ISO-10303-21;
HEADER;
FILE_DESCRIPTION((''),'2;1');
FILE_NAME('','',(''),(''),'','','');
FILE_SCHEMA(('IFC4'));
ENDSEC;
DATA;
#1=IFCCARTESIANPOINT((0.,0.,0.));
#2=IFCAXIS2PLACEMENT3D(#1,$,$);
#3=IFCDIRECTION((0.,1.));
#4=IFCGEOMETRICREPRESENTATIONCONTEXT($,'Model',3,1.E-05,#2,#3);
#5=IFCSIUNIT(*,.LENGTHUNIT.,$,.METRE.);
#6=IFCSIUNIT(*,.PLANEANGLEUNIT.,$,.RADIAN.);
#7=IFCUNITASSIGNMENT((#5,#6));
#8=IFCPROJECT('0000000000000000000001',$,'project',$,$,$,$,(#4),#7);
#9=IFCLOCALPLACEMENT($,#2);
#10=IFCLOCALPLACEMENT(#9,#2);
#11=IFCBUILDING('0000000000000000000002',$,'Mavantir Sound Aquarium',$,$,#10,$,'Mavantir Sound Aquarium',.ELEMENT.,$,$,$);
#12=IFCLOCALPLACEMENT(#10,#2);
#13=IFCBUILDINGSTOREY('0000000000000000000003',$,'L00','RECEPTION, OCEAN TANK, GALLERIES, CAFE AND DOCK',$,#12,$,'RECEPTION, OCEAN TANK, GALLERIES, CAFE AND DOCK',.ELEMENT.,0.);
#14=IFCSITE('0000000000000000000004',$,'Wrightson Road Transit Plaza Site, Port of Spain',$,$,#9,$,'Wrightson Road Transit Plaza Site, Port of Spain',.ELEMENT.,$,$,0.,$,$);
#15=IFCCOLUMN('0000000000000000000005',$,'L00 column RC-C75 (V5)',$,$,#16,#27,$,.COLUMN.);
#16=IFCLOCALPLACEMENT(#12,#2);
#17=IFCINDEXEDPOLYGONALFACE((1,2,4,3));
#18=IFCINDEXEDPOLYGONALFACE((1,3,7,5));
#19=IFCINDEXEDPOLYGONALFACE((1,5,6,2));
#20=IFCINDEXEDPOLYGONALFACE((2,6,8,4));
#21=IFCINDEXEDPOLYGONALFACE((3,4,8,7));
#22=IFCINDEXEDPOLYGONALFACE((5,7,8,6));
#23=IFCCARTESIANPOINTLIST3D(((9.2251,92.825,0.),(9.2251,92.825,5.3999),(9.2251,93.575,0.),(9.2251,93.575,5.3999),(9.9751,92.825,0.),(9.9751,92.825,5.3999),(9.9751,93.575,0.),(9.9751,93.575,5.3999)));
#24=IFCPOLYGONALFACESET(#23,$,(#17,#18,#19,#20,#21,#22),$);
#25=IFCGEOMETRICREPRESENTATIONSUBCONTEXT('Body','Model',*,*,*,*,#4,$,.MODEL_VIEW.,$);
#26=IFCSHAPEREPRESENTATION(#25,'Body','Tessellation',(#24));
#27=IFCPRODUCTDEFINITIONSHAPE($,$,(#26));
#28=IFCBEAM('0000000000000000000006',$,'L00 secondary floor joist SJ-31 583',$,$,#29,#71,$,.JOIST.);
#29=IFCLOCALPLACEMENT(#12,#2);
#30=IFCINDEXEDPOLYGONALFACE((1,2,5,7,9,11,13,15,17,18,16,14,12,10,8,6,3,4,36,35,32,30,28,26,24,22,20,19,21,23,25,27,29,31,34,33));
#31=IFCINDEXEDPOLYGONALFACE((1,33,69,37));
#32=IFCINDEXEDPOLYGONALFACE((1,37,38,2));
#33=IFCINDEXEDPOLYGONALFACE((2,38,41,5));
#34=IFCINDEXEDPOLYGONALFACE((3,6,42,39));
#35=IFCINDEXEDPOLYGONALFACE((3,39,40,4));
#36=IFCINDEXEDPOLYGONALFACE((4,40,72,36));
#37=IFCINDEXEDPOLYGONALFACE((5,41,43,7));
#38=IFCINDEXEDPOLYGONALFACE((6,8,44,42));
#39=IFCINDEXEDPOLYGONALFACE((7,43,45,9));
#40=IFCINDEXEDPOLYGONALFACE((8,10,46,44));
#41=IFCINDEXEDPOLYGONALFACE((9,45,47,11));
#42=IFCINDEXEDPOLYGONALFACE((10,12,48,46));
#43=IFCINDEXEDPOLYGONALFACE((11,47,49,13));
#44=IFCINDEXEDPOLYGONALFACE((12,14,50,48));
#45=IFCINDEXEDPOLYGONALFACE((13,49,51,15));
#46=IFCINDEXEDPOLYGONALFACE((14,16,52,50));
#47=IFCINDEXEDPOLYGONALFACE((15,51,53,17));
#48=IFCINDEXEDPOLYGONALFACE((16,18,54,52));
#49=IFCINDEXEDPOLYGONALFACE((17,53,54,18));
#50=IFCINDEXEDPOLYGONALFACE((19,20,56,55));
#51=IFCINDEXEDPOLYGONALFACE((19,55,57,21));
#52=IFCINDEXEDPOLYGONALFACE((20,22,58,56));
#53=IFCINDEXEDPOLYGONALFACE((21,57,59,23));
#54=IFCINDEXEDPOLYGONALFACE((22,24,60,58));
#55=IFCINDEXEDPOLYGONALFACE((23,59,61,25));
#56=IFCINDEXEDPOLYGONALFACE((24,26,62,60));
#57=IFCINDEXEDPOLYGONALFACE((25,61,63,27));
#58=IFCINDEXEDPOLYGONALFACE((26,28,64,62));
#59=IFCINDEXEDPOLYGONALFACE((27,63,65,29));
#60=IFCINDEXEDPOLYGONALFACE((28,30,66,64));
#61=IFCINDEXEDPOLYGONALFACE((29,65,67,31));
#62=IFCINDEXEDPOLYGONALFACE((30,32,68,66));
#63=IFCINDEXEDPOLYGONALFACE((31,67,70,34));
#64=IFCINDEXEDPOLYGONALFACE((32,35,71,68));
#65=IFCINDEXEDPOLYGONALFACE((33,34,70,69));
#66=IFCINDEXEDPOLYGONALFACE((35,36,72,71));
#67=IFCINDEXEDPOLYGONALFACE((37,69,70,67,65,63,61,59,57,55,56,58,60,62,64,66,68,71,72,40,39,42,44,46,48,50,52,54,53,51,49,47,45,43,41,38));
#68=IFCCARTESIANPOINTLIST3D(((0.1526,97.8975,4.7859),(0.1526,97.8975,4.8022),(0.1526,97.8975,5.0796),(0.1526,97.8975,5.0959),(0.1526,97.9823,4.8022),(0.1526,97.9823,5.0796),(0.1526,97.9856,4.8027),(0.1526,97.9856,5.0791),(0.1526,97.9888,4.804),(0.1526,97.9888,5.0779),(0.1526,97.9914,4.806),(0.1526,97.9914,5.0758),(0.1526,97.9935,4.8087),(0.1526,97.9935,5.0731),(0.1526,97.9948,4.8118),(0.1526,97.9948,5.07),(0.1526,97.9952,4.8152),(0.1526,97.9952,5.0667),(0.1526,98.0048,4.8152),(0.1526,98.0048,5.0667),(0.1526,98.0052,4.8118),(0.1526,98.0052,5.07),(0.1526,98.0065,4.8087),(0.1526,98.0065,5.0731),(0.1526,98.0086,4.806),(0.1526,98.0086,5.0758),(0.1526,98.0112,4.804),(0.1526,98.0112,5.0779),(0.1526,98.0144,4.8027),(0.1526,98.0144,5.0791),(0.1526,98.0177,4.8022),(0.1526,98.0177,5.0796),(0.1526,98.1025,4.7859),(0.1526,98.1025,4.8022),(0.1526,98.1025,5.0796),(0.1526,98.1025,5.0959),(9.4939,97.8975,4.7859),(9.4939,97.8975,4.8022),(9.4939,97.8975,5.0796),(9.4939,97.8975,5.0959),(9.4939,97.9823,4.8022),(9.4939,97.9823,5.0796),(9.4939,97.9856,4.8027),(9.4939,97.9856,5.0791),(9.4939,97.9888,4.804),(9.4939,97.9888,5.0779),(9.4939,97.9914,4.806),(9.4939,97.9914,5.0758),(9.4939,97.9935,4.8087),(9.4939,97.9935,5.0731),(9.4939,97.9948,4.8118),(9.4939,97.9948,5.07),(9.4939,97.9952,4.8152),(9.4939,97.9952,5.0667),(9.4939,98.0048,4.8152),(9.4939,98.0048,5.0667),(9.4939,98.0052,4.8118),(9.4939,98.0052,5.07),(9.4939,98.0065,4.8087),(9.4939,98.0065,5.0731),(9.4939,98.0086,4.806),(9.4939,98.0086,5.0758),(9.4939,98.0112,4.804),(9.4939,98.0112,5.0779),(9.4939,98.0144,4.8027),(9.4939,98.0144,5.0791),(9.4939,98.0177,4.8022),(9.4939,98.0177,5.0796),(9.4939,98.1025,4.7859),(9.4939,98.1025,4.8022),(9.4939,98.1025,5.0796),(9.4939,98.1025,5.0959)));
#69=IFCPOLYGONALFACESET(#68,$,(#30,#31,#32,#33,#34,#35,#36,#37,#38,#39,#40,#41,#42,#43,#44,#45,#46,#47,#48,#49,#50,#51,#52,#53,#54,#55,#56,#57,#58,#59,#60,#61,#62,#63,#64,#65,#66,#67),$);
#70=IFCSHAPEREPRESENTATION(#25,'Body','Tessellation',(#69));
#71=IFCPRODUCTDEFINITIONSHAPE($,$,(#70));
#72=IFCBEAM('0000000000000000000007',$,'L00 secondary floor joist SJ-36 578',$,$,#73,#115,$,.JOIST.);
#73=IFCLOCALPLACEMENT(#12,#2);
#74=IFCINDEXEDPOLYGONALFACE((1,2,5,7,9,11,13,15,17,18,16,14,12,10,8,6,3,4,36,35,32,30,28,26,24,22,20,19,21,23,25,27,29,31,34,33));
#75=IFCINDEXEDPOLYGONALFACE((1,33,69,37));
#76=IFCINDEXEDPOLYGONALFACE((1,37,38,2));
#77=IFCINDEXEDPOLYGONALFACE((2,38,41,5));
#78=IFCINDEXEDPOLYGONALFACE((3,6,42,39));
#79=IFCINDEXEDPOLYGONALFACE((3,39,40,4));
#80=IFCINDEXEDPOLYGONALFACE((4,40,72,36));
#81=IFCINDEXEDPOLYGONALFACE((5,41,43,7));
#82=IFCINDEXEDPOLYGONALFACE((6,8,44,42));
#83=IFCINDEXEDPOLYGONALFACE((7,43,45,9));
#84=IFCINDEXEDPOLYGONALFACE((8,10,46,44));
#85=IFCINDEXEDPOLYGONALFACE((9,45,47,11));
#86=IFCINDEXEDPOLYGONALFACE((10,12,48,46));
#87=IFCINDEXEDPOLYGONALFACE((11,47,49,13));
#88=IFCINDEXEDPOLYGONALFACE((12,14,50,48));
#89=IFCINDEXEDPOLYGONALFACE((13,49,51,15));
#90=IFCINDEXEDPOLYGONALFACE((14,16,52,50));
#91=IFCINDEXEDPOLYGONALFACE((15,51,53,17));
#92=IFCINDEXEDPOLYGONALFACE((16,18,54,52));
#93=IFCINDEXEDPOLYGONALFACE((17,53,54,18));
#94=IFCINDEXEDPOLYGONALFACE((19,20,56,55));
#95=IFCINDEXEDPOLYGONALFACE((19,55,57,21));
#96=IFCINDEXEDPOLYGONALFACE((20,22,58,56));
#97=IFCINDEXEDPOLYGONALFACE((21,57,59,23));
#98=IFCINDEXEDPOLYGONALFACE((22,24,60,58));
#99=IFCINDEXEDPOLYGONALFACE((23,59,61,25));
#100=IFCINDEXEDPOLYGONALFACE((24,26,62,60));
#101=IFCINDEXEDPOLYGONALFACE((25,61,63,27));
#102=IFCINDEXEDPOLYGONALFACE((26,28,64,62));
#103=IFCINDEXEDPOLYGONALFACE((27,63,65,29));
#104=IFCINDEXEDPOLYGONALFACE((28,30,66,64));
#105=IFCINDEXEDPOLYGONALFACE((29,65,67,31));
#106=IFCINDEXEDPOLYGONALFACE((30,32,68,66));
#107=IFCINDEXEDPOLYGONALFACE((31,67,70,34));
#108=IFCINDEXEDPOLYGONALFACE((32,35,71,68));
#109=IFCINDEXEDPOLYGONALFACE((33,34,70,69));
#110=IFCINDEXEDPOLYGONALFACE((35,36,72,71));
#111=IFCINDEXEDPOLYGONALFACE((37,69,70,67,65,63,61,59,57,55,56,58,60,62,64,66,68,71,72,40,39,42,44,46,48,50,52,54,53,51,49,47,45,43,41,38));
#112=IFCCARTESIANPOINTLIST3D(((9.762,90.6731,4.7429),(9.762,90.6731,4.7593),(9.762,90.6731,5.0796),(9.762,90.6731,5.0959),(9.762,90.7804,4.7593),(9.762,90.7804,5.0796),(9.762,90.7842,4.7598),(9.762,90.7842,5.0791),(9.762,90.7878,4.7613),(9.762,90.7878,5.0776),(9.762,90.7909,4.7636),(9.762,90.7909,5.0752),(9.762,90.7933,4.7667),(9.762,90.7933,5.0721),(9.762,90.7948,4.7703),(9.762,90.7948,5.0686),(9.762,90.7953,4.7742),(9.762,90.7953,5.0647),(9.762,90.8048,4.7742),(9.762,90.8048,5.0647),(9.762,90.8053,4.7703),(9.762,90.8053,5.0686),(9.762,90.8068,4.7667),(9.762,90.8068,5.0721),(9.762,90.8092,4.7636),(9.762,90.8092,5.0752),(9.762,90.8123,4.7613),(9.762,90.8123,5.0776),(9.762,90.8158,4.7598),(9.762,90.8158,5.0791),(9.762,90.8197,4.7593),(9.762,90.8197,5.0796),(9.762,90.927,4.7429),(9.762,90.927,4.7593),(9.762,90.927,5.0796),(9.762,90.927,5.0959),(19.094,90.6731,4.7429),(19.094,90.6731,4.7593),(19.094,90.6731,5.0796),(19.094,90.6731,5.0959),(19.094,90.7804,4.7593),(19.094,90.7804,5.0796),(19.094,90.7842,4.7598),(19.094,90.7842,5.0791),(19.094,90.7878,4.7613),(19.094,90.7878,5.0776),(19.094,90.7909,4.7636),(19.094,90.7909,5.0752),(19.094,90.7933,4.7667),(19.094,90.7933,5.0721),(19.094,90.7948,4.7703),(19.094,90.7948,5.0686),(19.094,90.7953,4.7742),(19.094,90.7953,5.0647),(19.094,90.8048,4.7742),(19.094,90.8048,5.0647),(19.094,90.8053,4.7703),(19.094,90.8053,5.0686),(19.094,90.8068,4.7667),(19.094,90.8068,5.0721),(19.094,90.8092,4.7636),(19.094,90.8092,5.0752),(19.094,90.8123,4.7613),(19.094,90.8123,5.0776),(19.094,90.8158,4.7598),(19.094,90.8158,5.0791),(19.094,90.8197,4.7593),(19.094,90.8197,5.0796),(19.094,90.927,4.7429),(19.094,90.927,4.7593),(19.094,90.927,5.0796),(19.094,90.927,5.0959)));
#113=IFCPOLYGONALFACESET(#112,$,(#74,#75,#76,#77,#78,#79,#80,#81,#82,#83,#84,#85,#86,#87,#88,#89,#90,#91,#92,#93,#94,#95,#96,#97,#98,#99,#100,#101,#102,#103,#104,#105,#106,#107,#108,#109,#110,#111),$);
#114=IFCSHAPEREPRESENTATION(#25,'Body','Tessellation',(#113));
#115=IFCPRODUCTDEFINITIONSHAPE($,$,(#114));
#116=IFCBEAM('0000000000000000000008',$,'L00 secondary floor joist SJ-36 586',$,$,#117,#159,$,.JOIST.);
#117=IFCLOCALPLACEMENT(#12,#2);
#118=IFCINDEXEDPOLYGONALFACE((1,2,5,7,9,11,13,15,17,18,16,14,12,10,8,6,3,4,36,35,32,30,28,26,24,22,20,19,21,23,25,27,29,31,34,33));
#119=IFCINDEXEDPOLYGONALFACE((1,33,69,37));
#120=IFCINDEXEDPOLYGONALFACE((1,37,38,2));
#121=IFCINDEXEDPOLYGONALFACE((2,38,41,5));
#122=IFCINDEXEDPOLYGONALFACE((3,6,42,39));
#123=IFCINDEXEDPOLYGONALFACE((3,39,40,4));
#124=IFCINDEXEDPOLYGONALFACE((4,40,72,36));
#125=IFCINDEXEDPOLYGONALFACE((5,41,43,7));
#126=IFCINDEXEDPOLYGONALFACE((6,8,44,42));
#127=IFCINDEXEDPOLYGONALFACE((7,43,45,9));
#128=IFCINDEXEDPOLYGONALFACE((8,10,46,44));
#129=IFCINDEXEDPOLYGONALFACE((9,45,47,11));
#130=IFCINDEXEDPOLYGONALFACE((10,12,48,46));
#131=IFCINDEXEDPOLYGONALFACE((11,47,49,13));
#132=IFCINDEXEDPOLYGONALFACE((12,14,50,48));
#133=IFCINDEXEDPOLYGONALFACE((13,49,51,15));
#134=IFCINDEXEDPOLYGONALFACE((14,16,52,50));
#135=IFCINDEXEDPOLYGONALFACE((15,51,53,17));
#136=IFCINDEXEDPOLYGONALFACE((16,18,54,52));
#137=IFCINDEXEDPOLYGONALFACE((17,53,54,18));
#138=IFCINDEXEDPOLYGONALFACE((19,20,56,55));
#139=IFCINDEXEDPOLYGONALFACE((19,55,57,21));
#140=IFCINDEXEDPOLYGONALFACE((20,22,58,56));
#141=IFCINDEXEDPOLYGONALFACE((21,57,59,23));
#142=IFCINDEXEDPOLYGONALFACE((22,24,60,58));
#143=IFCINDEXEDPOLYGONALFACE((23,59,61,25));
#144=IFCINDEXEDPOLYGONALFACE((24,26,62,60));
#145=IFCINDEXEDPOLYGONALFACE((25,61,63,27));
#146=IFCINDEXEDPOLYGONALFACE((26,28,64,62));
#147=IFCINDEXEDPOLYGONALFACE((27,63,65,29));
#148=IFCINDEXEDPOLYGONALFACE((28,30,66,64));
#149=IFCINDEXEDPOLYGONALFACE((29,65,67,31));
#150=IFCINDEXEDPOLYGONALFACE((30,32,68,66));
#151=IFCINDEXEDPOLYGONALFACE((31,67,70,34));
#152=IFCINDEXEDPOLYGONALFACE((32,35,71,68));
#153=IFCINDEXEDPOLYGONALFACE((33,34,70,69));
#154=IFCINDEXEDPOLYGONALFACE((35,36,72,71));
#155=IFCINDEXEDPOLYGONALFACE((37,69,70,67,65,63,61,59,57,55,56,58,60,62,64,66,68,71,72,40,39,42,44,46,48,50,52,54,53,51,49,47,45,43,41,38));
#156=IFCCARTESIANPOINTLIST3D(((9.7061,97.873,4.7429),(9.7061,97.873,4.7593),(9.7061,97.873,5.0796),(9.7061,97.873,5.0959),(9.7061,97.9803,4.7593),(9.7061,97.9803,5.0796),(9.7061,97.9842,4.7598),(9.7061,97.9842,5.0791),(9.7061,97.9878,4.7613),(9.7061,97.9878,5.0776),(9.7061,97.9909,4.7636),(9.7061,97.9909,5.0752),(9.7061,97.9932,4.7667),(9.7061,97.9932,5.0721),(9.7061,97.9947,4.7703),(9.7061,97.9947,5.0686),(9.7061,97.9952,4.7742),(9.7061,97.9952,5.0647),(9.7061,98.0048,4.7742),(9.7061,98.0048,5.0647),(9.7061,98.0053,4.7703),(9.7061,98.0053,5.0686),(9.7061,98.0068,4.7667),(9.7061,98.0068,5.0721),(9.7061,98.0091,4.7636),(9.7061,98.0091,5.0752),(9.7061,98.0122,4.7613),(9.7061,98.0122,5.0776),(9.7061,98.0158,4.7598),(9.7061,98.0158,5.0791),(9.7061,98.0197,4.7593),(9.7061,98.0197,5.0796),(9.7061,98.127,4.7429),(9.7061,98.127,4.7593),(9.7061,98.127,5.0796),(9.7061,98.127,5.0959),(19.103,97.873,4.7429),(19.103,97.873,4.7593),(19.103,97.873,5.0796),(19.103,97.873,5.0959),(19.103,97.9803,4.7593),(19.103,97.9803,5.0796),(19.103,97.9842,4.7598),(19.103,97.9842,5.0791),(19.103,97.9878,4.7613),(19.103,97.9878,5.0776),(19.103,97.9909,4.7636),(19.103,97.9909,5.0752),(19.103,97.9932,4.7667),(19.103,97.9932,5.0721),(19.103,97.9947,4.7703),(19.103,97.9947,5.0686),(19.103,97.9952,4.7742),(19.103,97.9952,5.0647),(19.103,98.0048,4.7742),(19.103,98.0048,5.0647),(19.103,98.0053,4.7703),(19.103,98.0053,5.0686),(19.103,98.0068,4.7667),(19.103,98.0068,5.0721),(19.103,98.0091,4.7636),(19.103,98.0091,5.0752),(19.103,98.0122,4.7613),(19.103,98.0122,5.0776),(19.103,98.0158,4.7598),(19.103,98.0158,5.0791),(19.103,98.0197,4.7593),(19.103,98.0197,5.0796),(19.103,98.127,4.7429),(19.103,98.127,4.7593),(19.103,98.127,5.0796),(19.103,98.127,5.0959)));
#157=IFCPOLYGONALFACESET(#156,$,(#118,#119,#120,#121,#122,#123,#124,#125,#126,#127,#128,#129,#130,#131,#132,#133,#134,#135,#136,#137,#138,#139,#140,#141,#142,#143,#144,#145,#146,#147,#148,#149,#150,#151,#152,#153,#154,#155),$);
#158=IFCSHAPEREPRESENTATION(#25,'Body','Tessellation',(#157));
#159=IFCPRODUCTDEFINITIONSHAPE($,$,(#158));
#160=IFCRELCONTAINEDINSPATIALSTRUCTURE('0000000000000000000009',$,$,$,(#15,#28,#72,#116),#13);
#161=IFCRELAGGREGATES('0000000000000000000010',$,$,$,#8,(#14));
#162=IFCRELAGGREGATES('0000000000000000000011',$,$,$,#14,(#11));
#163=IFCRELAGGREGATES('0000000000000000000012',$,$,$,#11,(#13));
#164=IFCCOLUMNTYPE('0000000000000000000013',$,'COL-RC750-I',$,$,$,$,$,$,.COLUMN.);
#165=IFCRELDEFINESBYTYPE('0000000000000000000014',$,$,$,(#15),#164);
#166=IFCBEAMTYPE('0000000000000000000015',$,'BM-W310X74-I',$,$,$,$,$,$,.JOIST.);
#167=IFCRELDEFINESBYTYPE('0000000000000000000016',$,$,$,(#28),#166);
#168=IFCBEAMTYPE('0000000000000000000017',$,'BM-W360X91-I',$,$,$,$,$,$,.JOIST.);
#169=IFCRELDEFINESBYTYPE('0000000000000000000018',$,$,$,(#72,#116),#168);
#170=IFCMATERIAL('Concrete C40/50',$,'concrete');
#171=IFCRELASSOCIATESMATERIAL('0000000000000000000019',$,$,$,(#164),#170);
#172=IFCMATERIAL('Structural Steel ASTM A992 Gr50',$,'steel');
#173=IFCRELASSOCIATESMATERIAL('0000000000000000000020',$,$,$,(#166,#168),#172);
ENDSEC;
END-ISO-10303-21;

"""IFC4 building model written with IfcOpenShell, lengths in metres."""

from ifc_helpers import new_model, si_unit, direction, frame, origin, origin_2d, place, context, subcontext, project, spatial, rectangle, i_section, extrude, material, material_profile, profile_set, type_object, element, save


model = new_model("IFC4")

# Units and contexts
model_context = context("Model", 3, precision=1e-05, world=origin(), true_north=direction((0.0, 1.0)))
body_context = subcontext(model_context, "Body", "Model", "MODEL_VIEW")
ifc_project = project(units=[si_unit("LENGTHUNIT", "METRE"), si_unit("PLANEANGLEUNIT", "RADIAN")], contexts=[model_context])

# Site, building, storey
site_placement = place(None, origin())
site = spatial("IfcSite", under=ifc_project, at=site_placement, Name="Wrightson Road Transit Plaza Site, Port of Spain", LongName="Wrightson Road Transit Plaza Site, Port of Spain", CompositionType="ELEMENT", RefElevation=0.0)
building_placement = place(site_placement, origin())
building = spatial("IfcBuilding", under=site, at=building_placement, Name="Mavantir Sound Aquarium", LongName="Mavantir Sound Aquarium", CompositionType="ELEMENT")
storey_placement = place(building_placement, origin())
storey = spatial("IfcBuildingStorey", under=building, at=storey_placement, Name="L00", Description="RECEPTION, OCEAN TANK, GALLERIES, CAFE AND DOCK", LongName="RECEPTION, OCEAN TANK, GALLERIES, CAFE AND DOCK", CompositionType="ELEMENT", Elevation=0.0)

# Column
ifc_material_1 = material(Name="Concrete C40/50", Category="concrete")
ifc_material_profile_1 = material_profile(ifc_material_1, rectangle(XDim=0.75, YDim=0.75, at=origin_2d()), Name="RC 750X750")
ifc_profile_set_1 = profile_set([ifc_material_profile_1], Name="Concrete C40/50")
column_type = type_object("IfcColumnType", Name="COL-RC750-I", PredefinedType="COLUMN", material=ifc_profile_set_1)
column_placement = place(storey_placement, frame((9.6001, 93.2, 0.0), z_axis=(0.0, 0.0, 1.0), x_axis=(1.0, 0.0, 0.0)))
element("IfcColumn", 1, at=column_placement, inside=storey, type_object=column_type, Name="L00 column RC-C75 (V5)", PredefinedType="COLUMN", context=body_context, shape_type="SweptSolid", body=[
    extrude(rectangle(XDim=0.75, YDim=0.75, at=origin_2d()), origin(), (0.0, 0.0, 1.0), 5.3999),
])

# Beams
ifc_material_2 = material(Name="Structural Steel ASTM A992 Gr50", Category="steel")
ifc_material_profile_2 = material_profile(ifc_material_2, i_section(OverallWidth=0.2051, OverallDepth=0.3101, WebThickness=0.0095, FlangeThickness=0.0164, FilletRadius=0.0129, at=origin_2d()), Name="W310X74")
ifc_profile_set_2 = profile_set([ifc_material_profile_2], Name="Structural Steel ASTM A992 Gr50")
beam_type_1 = type_object("IfcBeamType", Name="BM-W310X74-I", PredefinedType="JOIST", material=ifc_profile_set_2)
beam_1_placement = place(storey_placement, frame((0.1526, 98.0, 4.9409), z_axis=(1.0, 0.0, 0.0), x_axis=(0.0, 1.0, 0.0)))
element("IfcBeam", 2, at=beam_1_placement, inside=storey, type_object=beam_type_1, Name="L00 secondary floor joist SJ-31 583", PredefinedType="JOIST", context=body_context, shape_type="SweptSolid", body=[
    extrude(i_section(OverallWidth=0.2051, OverallDepth=0.3101, WebThickness=0.0095, FlangeThickness=0.0164, FilletRadius=0.0129, at=origin_2d()), origin(), (0.0, 0.0, 1.0), 9.3413),
])
ifc_material_profile_3 = material_profile(ifc_material_2, i_section(OverallWidth=0.2539, OverallDepth=0.353, WebThickness=0.0095, FlangeThickness=0.0164, FilletRadius=0.0149, at=origin_2d()), Name="W360X91")
ifc_profile_set_3 = profile_set([ifc_material_profile_3], Name="Structural Steel ASTM A992 Gr50")
beam_type_2 = type_object("IfcBeamType", Name="BM-W360X91-I", PredefinedType="JOIST", material=ifc_profile_set_3)
beam_2_placement = place(storey_placement, frame((9.762, 90.8, 4.9194), z_axis=(1.0, 0.0, 0.0), x_axis=(0.0, 1.0, 0.0)))
element("IfcBeam", 3, at=beam_2_placement, inside=storey, type_object=beam_type_2, Name="L00 secondary floor joist SJ-36 578", PredefinedType="JOIST", context=body_context, shape_type="SweptSolid", body=[
    extrude(i_section(OverallWidth=0.2539, OverallDepth=0.353, WebThickness=0.0095, FlangeThickness=0.0164, FilletRadius=0.0149, at=origin_2d()), origin(), (0.0, 0.0, 1.0), 9.332),
])
beam_3_placement = place(storey_placement, frame((9.7061, 98.0, 4.9194), z_axis=(1.0, 0.0, 0.0), x_axis=(0.0, 1.0, 0.0)))
element("IfcBeam", 4, at=beam_3_placement, inside=storey, type_object=beam_type_2, Name="L00 secondary floor joist SJ-36 586", PredefinedType="JOIST", context=body_context, shape_type="SweptSolid", body=[
    extrude(i_section(OverallWidth=0.2539, OverallDepth=0.353, WebThickness=0.0095, FlangeThickness=0.0164, FilletRadius=0.0149, at=origin_2d()), origin(), (0.0, 0.0, 1.0), 9.397),
])

save(model, "model.ifc")
